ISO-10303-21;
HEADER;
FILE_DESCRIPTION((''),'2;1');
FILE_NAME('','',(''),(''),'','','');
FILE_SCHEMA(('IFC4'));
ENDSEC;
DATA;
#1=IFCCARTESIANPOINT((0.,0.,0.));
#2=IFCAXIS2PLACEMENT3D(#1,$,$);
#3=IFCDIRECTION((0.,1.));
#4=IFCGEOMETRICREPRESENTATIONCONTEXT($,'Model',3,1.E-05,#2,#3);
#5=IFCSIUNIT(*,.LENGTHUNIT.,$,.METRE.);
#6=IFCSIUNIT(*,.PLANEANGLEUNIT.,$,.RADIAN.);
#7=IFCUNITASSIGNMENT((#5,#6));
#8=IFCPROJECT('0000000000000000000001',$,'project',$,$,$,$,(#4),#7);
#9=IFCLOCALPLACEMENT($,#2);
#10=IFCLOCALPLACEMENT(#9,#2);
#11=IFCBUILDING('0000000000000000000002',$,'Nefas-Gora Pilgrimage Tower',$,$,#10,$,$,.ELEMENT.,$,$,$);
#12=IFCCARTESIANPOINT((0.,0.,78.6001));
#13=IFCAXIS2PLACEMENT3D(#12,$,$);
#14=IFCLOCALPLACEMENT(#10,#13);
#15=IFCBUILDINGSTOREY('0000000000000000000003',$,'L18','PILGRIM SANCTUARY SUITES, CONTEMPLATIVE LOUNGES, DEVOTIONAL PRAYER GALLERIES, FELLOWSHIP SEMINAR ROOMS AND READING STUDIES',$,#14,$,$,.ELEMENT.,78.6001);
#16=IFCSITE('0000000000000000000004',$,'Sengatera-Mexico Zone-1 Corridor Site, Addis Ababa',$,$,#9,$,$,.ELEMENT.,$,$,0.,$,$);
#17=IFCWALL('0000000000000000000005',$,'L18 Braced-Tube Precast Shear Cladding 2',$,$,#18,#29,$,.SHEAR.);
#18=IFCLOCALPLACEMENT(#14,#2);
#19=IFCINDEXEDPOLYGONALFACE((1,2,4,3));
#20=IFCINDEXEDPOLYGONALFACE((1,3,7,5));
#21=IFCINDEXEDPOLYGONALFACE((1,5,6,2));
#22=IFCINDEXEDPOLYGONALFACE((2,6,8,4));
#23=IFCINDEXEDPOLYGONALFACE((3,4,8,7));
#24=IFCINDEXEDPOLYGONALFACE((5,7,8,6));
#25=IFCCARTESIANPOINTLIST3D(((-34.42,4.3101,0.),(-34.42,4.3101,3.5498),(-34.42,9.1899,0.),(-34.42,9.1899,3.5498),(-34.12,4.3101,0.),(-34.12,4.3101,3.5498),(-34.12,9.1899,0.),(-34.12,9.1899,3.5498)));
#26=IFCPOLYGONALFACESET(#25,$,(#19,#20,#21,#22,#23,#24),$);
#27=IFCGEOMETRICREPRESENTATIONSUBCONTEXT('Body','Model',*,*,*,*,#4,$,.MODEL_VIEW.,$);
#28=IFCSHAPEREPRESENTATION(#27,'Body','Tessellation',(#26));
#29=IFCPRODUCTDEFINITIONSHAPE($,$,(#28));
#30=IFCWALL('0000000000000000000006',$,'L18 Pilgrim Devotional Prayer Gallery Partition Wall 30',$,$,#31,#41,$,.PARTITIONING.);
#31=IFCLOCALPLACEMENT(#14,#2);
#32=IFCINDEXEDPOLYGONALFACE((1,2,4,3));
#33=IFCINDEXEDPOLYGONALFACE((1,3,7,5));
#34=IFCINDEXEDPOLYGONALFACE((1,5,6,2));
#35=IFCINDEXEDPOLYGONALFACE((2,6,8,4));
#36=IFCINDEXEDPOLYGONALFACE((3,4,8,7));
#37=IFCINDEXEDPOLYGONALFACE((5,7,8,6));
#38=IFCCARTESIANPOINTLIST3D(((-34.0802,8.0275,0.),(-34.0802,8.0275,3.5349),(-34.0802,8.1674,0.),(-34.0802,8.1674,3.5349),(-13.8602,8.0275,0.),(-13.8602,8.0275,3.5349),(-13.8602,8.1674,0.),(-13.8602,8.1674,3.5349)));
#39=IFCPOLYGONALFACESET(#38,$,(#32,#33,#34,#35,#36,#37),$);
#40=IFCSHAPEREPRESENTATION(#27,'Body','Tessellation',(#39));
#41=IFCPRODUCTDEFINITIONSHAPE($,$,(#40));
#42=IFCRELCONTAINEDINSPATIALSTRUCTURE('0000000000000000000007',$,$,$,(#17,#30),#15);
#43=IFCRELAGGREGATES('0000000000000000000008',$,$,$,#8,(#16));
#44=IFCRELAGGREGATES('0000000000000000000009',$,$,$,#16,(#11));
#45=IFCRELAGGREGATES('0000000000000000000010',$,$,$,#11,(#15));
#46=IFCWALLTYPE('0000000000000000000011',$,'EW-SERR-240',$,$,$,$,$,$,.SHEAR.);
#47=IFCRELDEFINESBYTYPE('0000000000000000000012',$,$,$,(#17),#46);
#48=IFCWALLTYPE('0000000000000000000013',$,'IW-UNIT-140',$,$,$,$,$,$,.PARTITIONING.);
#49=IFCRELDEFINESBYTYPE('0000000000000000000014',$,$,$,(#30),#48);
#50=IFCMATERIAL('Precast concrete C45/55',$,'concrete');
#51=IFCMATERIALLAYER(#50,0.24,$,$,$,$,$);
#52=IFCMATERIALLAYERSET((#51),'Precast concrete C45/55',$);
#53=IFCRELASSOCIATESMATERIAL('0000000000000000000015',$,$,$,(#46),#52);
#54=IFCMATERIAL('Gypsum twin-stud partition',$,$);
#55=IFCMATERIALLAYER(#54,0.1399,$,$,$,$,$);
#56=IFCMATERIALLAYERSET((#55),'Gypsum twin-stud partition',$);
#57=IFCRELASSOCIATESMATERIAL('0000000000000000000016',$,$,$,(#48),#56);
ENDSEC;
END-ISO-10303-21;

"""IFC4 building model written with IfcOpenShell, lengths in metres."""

from ifc_helpers import new_model, si_unit, direction, frame, frame_2d, origin, place, context, subcontext, project, spatial, rectangle, extrude, source, transform, mapped, material, layer, layer_set, type_object, element, save


model = new_model("IFC4")

# Units and contexts
model_context = context("Model", 3, precision=1e-05, world=origin(), true_north=direction((0.0, 1.0)))
body_context = subcontext(model_context, "Body", "Model", "MODEL_VIEW")
ifc_project = project(units=[si_unit("LENGTHUNIT", "METRE"), si_unit("PLANEANGLEUNIT", "RADIAN")], contexts=[model_context])

# Site, building, storey
site_placement = place(None, origin())
site = spatial("IfcSite", under=ifc_project, at=site_placement, Name="Sengatera-Mexico Zone-1 Corridor Site, Addis Ababa", CompositionType="ELEMENT", RefElevation=0.0)
building_placement = place(site_placement, origin())
building = spatial("IfcBuilding", under=site, at=building_placement, Name="Nefas-Gora Pilgrimage Tower", CompositionType="ELEMENT")
storey_placement = place(building_placement, frame((0.0, 0.0, 78.6001)))
storey = spatial("IfcBuildingStorey", under=building, at=storey_placement, Name="L18", Description="PILGRIM SANCTUARY SUITES, CONTEMPLATIVE LOUNGES, DEVOTIONAL PRAYER GALLERIES, FELLOWSHIP SEMINAR ROOMS AND READING STUDIES", CompositionType="ELEMENT", Elevation=78.6001)

# Shared definitions
ifc_material_1 = material(Name="Precast concrete C45/55", Category="concrete")
ifc_layer_1 = layer(ifc_material_1, 0.24)
ifc_layer_set_1 = layer_set([ifc_layer_1], Name="Precast concrete C45/55")
wall_type_1 = type_object("IfcWallType", Name="EW-SERR-240", PredefinedType="SHEAR", material=ifc_layer_set_1)

# Walls
shared_shape_1 = source(origin(), body_context, "Body", "SweptSolid", [
    extrude(rectangle(XDim=4.8799, YDim=0.3, at=frame_2d((2.4399, 0.0))), origin(), (0.0, 0.0, 1.0), 3.5498),
])
wall_1_placement = place(storey_placement, frame((-34.27, 4.3101, 0.0), z_axis=(0.0, 0.0, 1.0), x_axis=(0.0, 1.0, 0.0)))
element("IfcWall", 1, at=wall_1_placement, inside=storey, type_object=wall_type_1, Name="L18 Braced-Tube Precast Shear Cladding 2", PredefinedType="SHEAR", context=body_context, shape_type="MappedRepresentation", body=[
    mapped(shared_shape_1, transform((0.0, 0.0, 0.0), x_axis=(1.0, 0.0, 0.0), y_axis=(0.0, 1.0, 0.0), z_axis=(0.0, 0.0, 1.0), scale=1.0)),
])
ifc_material_2 = material(Name="Gypsum twin-stud partition")
ifc_layer_2 = layer(ifc_material_2, 0.1399)
ifc_layer_set_2 = layer_set([ifc_layer_2], Name="Gypsum twin-stud partition")
wall_type_2 = type_object("IfcWallType", Name="IW-UNIT-140", PredefinedType="PARTITIONING", material=ifc_layer_set_2)
shared_shape_2 = source(origin(), body_context, "Body", "SweptSolid", [
    extrude(rectangle(XDim=20.22, YDim=0.1399, at=frame_2d((10.1099, 0.0))), origin(), (0.0, 0.0, 1.0), 3.5349),
])
wall_2_placement = place(storey_placement, frame((-34.0801, 8.0974, 0.0), z_axis=(0.0, 0.0, 1.0), x_axis=(1.0, 0.0, 0.0)))
element("IfcWall", 2, at=wall_2_placement, inside=storey, type_object=wall_type_2, Name="L18 Pilgrim Devotional Prayer Gallery Partition Wall 30", PredefinedType="PARTITIONING", context=body_context, shape_type="MappedRepresentation", body=[
    mapped(shared_shape_2, transform((0.0, 0.0, 0.0), x_axis=(1.0, 0.0, 0.0), y_axis=(0.0, 1.0, 0.0), z_axis=(0.0, 0.0, 1.0), scale=1.0)),
])

save(model, "model.ifc")
